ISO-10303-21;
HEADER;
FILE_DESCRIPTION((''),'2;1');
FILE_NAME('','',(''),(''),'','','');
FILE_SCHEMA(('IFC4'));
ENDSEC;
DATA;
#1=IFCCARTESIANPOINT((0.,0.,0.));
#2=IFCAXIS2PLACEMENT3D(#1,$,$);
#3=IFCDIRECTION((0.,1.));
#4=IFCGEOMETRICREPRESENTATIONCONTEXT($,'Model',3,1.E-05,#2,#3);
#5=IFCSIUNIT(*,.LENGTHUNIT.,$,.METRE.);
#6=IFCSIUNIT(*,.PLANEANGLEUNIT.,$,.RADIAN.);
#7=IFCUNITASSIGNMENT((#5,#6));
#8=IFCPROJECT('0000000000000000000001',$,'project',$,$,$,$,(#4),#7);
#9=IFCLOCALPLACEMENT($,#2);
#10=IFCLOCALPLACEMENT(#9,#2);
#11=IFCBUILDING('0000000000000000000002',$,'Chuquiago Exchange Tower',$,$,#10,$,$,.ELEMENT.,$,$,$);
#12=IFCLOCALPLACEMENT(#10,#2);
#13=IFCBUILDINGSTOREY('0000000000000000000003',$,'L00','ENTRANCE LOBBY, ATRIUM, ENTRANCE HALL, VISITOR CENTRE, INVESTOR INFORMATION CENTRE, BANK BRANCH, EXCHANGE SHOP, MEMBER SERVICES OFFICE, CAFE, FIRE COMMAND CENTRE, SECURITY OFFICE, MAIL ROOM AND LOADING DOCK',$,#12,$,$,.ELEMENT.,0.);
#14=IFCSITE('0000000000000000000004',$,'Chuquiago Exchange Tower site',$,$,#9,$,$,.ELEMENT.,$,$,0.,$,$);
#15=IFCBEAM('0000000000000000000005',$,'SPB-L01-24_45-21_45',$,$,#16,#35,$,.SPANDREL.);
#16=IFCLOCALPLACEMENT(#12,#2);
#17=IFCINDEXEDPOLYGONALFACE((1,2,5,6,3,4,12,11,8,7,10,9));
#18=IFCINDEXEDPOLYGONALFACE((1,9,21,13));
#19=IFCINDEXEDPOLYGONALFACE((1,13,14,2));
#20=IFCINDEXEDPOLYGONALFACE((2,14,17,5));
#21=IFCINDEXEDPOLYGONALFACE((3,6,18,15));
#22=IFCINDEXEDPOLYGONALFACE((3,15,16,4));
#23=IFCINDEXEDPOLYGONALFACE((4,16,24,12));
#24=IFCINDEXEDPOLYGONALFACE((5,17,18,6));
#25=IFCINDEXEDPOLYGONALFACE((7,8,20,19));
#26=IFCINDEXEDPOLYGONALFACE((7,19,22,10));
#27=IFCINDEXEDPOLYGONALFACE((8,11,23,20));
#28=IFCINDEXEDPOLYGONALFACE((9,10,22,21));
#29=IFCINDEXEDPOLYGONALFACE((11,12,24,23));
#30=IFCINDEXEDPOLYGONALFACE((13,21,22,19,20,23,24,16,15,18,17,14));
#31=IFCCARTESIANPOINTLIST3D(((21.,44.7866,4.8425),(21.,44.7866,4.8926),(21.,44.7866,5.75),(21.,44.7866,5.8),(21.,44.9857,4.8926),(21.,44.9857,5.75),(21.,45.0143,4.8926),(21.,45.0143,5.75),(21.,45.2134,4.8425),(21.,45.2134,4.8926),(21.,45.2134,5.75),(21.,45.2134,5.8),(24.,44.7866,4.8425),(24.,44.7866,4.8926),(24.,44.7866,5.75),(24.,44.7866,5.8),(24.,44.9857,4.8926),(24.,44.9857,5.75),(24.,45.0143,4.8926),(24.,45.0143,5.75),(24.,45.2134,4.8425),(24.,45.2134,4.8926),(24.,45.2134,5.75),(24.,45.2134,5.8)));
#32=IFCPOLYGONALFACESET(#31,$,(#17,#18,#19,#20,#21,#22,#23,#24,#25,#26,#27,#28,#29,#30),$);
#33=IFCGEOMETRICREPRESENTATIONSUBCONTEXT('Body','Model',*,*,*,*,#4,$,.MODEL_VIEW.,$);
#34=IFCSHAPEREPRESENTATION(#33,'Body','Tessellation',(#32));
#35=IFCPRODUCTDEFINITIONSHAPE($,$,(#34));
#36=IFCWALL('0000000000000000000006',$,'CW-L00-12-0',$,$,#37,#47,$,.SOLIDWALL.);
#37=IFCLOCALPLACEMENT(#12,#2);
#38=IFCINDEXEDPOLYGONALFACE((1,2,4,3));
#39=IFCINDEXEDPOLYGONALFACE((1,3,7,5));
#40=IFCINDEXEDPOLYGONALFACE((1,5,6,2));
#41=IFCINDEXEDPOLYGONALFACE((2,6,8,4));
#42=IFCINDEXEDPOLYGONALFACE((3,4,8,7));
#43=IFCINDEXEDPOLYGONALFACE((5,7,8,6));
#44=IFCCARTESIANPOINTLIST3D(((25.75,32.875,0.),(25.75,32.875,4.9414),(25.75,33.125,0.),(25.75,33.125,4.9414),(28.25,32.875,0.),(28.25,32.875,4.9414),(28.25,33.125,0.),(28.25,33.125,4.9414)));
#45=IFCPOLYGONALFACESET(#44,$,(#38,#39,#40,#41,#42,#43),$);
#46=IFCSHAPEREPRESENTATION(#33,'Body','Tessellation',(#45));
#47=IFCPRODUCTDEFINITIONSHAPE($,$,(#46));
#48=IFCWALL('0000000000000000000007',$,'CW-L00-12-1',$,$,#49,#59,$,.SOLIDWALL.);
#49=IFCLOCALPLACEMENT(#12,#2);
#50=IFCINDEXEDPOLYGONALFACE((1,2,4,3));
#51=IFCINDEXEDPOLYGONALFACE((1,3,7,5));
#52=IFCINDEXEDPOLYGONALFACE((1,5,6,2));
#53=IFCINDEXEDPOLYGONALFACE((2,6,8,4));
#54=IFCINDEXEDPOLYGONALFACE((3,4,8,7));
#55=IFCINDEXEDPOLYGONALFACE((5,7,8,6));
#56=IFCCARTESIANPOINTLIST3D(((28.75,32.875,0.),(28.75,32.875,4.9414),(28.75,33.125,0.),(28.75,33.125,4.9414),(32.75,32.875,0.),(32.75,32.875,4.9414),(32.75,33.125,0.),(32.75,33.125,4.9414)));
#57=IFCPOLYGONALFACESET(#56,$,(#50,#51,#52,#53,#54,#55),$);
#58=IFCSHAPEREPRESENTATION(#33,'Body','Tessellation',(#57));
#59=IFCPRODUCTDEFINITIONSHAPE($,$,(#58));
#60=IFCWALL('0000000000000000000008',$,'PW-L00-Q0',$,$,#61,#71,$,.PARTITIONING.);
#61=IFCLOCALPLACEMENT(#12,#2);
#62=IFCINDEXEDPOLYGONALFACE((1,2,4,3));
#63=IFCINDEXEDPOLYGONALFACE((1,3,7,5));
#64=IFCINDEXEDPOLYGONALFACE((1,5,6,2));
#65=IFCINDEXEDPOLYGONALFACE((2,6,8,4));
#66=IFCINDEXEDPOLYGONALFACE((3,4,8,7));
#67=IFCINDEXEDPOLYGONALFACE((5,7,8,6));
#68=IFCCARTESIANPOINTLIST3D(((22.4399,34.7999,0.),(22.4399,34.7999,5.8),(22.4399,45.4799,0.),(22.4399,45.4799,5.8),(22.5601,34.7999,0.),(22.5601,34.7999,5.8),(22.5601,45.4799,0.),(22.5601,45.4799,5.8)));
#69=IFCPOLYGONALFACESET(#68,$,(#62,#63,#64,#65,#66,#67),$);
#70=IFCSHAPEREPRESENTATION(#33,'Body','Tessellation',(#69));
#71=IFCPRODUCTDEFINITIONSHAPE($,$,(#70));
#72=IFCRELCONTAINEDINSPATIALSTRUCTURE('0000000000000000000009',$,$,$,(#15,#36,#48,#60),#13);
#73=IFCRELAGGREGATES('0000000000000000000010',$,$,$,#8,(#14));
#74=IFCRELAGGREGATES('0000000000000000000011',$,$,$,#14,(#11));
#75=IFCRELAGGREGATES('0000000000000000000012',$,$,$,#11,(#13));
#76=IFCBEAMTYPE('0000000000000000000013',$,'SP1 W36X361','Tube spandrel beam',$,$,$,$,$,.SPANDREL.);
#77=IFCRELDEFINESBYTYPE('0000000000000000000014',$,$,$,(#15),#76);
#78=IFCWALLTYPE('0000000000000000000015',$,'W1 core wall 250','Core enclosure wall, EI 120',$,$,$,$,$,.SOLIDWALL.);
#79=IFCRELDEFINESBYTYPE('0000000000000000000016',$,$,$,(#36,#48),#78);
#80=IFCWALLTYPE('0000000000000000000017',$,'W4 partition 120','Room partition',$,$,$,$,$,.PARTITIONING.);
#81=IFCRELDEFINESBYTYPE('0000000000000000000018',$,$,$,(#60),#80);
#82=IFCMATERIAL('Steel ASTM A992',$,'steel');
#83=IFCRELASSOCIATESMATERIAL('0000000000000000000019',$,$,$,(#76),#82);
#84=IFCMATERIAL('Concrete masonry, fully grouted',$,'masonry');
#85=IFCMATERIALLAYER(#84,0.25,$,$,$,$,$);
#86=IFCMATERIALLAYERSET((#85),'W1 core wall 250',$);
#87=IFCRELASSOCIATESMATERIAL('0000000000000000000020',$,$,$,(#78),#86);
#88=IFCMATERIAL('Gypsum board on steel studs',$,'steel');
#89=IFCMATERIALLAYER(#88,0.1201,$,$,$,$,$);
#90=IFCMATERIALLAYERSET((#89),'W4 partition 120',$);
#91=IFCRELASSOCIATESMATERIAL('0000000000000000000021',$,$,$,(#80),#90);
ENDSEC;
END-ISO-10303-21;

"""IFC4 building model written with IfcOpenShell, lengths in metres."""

from ifc_helpers import new_model, si_unit, direction, frame, frame_2d, origin, origin_2d, place, context, subcontext, project, spatial, rectangle, i_section, extrude, material, layer, layer_set, material_profile, profile_set, type_object, element, save


model = new_model("IFC4")

# Units and contexts
model_context = context("Model", 3, precision=1e-05, world=origin(), true_north=direction((0.0, 1.0)))
body_context = subcontext(model_context, "Body", "Model", "MODEL_VIEW")
ifc_project = project(units=[si_unit("LENGTHUNIT", "METRE"), si_unit("PLANEANGLEUNIT", "RADIAN")], contexts=[model_context])

# Site, building, storey
site_placement = place(None, origin())
site = spatial("IfcSite", under=ifc_project, at=site_placement, Name="Chuquiago Exchange Tower site", CompositionType="ELEMENT", RefElevation=0.0)
building_placement = place(site_placement, origin())
building = spatial("IfcBuilding", under=site, at=building_placement, Name="Chuquiago Exchange Tower", CompositionType="ELEMENT")
storey_placement = place(building_placement, origin())
storey = spatial("IfcBuildingStorey", under=building, at=storey_placement, Name="L00", Description="ENTRANCE LOBBY, ATRIUM, ENTRANCE HALL, VISITOR CENTRE, INVESTOR INFORMATION CENTRE, BANK BRANCH, EXCHANGE SHOP, MEMBER SERVICES OFFICE, CAFE, FIRE COMMAND CENTRE, SECURITY OFFICE, MAIL ROOM AND LOADING DOCK", CompositionType="ELEMENT", Elevation=0.0)

# Beam
ifc_material_1 = material(Name="Steel ASTM A992", Category="steel")
ifc_material_profile_1 = material_profile(ifc_material_1, i_section(OverallWidth=0.4268, OverallDepth=0.9575, WebThickness=0.0286, FlangeThickness=0.05, at=origin_2d()), Name="W36X361")
ifc_profile_set_1 = profile_set([ifc_material_profile_1], Name="Steel ASTM A992")
beam_type_1 = type_object("IfcBeamType", Name="SP1 W36X361", Description="Tube spandrel beam", PredefinedType="SPANDREL", material=ifc_profile_set_1)
for number, where, z_axis, x_axis, name in (
    (1, (24.0, 45.0, 5.3213), (-1.0, 0.0, 0.0), (0.0, -1.0, 0.0), "SPB-L01-24_45-21_45"),
):
    element("IfcBeam", number, at=place(storey_placement, frame(where, z_axis=z_axis, x_axis=x_axis)), inside=storey, type_object=beam_type_1, Name=name, PredefinedType="SPANDREL", context=body_context, shape_type="SweptSolid", body=[
        extrude(i_section(OverallWidth=0.4268, OverallDepth=0.9575, WebThickness=0.0286, FlangeThickness=0.05, at=origin_2d()), origin(), (0.0, 0.0, 1.0), 3.0),
    ])

# Walls
ifc_material_2 = material(Name="Concrete masonry, fully grouted", Category="masonry")
ifc_layer_1 = layer(ifc_material_2, 0.25)
ifc_layer_set_1 = layer_set([ifc_layer_1], Name="W1 core wall 250")
wall_type_1 = type_object("IfcWallType", Name="W1 core wall 250", Description="Core enclosure wall, EI 120", PredefinedType="SOLIDWALL", material=ifc_layer_set_1)
wall_1_placement = place(storey_placement, frame((25.75, 33.0, 0.0), z_axis=(0.0, 0.0, 1.0), x_axis=(1.0, 0.0, 0.0)))
element("IfcWall", 2, at=wall_1_placement, inside=storey, type_object=wall_type_1, Name="CW-L00-12-0", PredefinedType="SOLIDWALL", context=body_context, shape_type="SweptSolid", body=[
    extrude(rectangle(XDim=2.5, YDim=0.25, at=frame_2d((1.25, 0.0))), origin(), (0.0, 0.0, 1.0), 4.9414),
])
wall_2_placement = place(storey_placement, frame((28.75, 33.0, 0.0), z_axis=(0.0, 0.0, 1.0), x_axis=(1.0, 0.0, 0.0)))
element("IfcWall", 3, at=wall_2_placement, inside=storey, type_object=wall_type_1, Name="CW-L00-12-1", PredefinedType="SOLIDWALL", context=body_context, shape_type="SweptSolid", body=[
    extrude(rectangle(XDim=4.0, YDim=0.25, at=frame_2d((2.0, 0.0))), origin(), (0.0, 0.0, 1.0), 4.9414),
])
ifc_material_3 = material(Name="Gypsum board on steel studs", Category="steel")
ifc_layer_2 = layer(ifc_material_3, 0.1201)
ifc_layer_set_2 = layer_set([ifc_layer_2], Name="W4 partition 120")
wall_type_2 = type_object("IfcWallType", Name="W4 partition 120", Description="Room partition", PredefinedType="PARTITIONING", material=ifc_layer_set_2)
wall_3_placement = place(storey_placement, frame((22.5, 34.8, 0.0), z_axis=(0.0, 0.0, 1.0), x_axis=(0.0, 1.0, 0.0)))
element("IfcWall", 4, at=wall_3_placement, inside=storey, type_object=wall_type_2, Name="PW-L00-Q0", PredefinedType="PARTITIONING", context=body_context, shape_type="SweptSolid", body=[
    extrude(rectangle(XDim=10.6799, YDim=0.1201, at=frame_2d((5.3398, 0.0))), origin(), (0.0, 0.0, 1.0), 5.8),
])

save(model, "model.ifc")
